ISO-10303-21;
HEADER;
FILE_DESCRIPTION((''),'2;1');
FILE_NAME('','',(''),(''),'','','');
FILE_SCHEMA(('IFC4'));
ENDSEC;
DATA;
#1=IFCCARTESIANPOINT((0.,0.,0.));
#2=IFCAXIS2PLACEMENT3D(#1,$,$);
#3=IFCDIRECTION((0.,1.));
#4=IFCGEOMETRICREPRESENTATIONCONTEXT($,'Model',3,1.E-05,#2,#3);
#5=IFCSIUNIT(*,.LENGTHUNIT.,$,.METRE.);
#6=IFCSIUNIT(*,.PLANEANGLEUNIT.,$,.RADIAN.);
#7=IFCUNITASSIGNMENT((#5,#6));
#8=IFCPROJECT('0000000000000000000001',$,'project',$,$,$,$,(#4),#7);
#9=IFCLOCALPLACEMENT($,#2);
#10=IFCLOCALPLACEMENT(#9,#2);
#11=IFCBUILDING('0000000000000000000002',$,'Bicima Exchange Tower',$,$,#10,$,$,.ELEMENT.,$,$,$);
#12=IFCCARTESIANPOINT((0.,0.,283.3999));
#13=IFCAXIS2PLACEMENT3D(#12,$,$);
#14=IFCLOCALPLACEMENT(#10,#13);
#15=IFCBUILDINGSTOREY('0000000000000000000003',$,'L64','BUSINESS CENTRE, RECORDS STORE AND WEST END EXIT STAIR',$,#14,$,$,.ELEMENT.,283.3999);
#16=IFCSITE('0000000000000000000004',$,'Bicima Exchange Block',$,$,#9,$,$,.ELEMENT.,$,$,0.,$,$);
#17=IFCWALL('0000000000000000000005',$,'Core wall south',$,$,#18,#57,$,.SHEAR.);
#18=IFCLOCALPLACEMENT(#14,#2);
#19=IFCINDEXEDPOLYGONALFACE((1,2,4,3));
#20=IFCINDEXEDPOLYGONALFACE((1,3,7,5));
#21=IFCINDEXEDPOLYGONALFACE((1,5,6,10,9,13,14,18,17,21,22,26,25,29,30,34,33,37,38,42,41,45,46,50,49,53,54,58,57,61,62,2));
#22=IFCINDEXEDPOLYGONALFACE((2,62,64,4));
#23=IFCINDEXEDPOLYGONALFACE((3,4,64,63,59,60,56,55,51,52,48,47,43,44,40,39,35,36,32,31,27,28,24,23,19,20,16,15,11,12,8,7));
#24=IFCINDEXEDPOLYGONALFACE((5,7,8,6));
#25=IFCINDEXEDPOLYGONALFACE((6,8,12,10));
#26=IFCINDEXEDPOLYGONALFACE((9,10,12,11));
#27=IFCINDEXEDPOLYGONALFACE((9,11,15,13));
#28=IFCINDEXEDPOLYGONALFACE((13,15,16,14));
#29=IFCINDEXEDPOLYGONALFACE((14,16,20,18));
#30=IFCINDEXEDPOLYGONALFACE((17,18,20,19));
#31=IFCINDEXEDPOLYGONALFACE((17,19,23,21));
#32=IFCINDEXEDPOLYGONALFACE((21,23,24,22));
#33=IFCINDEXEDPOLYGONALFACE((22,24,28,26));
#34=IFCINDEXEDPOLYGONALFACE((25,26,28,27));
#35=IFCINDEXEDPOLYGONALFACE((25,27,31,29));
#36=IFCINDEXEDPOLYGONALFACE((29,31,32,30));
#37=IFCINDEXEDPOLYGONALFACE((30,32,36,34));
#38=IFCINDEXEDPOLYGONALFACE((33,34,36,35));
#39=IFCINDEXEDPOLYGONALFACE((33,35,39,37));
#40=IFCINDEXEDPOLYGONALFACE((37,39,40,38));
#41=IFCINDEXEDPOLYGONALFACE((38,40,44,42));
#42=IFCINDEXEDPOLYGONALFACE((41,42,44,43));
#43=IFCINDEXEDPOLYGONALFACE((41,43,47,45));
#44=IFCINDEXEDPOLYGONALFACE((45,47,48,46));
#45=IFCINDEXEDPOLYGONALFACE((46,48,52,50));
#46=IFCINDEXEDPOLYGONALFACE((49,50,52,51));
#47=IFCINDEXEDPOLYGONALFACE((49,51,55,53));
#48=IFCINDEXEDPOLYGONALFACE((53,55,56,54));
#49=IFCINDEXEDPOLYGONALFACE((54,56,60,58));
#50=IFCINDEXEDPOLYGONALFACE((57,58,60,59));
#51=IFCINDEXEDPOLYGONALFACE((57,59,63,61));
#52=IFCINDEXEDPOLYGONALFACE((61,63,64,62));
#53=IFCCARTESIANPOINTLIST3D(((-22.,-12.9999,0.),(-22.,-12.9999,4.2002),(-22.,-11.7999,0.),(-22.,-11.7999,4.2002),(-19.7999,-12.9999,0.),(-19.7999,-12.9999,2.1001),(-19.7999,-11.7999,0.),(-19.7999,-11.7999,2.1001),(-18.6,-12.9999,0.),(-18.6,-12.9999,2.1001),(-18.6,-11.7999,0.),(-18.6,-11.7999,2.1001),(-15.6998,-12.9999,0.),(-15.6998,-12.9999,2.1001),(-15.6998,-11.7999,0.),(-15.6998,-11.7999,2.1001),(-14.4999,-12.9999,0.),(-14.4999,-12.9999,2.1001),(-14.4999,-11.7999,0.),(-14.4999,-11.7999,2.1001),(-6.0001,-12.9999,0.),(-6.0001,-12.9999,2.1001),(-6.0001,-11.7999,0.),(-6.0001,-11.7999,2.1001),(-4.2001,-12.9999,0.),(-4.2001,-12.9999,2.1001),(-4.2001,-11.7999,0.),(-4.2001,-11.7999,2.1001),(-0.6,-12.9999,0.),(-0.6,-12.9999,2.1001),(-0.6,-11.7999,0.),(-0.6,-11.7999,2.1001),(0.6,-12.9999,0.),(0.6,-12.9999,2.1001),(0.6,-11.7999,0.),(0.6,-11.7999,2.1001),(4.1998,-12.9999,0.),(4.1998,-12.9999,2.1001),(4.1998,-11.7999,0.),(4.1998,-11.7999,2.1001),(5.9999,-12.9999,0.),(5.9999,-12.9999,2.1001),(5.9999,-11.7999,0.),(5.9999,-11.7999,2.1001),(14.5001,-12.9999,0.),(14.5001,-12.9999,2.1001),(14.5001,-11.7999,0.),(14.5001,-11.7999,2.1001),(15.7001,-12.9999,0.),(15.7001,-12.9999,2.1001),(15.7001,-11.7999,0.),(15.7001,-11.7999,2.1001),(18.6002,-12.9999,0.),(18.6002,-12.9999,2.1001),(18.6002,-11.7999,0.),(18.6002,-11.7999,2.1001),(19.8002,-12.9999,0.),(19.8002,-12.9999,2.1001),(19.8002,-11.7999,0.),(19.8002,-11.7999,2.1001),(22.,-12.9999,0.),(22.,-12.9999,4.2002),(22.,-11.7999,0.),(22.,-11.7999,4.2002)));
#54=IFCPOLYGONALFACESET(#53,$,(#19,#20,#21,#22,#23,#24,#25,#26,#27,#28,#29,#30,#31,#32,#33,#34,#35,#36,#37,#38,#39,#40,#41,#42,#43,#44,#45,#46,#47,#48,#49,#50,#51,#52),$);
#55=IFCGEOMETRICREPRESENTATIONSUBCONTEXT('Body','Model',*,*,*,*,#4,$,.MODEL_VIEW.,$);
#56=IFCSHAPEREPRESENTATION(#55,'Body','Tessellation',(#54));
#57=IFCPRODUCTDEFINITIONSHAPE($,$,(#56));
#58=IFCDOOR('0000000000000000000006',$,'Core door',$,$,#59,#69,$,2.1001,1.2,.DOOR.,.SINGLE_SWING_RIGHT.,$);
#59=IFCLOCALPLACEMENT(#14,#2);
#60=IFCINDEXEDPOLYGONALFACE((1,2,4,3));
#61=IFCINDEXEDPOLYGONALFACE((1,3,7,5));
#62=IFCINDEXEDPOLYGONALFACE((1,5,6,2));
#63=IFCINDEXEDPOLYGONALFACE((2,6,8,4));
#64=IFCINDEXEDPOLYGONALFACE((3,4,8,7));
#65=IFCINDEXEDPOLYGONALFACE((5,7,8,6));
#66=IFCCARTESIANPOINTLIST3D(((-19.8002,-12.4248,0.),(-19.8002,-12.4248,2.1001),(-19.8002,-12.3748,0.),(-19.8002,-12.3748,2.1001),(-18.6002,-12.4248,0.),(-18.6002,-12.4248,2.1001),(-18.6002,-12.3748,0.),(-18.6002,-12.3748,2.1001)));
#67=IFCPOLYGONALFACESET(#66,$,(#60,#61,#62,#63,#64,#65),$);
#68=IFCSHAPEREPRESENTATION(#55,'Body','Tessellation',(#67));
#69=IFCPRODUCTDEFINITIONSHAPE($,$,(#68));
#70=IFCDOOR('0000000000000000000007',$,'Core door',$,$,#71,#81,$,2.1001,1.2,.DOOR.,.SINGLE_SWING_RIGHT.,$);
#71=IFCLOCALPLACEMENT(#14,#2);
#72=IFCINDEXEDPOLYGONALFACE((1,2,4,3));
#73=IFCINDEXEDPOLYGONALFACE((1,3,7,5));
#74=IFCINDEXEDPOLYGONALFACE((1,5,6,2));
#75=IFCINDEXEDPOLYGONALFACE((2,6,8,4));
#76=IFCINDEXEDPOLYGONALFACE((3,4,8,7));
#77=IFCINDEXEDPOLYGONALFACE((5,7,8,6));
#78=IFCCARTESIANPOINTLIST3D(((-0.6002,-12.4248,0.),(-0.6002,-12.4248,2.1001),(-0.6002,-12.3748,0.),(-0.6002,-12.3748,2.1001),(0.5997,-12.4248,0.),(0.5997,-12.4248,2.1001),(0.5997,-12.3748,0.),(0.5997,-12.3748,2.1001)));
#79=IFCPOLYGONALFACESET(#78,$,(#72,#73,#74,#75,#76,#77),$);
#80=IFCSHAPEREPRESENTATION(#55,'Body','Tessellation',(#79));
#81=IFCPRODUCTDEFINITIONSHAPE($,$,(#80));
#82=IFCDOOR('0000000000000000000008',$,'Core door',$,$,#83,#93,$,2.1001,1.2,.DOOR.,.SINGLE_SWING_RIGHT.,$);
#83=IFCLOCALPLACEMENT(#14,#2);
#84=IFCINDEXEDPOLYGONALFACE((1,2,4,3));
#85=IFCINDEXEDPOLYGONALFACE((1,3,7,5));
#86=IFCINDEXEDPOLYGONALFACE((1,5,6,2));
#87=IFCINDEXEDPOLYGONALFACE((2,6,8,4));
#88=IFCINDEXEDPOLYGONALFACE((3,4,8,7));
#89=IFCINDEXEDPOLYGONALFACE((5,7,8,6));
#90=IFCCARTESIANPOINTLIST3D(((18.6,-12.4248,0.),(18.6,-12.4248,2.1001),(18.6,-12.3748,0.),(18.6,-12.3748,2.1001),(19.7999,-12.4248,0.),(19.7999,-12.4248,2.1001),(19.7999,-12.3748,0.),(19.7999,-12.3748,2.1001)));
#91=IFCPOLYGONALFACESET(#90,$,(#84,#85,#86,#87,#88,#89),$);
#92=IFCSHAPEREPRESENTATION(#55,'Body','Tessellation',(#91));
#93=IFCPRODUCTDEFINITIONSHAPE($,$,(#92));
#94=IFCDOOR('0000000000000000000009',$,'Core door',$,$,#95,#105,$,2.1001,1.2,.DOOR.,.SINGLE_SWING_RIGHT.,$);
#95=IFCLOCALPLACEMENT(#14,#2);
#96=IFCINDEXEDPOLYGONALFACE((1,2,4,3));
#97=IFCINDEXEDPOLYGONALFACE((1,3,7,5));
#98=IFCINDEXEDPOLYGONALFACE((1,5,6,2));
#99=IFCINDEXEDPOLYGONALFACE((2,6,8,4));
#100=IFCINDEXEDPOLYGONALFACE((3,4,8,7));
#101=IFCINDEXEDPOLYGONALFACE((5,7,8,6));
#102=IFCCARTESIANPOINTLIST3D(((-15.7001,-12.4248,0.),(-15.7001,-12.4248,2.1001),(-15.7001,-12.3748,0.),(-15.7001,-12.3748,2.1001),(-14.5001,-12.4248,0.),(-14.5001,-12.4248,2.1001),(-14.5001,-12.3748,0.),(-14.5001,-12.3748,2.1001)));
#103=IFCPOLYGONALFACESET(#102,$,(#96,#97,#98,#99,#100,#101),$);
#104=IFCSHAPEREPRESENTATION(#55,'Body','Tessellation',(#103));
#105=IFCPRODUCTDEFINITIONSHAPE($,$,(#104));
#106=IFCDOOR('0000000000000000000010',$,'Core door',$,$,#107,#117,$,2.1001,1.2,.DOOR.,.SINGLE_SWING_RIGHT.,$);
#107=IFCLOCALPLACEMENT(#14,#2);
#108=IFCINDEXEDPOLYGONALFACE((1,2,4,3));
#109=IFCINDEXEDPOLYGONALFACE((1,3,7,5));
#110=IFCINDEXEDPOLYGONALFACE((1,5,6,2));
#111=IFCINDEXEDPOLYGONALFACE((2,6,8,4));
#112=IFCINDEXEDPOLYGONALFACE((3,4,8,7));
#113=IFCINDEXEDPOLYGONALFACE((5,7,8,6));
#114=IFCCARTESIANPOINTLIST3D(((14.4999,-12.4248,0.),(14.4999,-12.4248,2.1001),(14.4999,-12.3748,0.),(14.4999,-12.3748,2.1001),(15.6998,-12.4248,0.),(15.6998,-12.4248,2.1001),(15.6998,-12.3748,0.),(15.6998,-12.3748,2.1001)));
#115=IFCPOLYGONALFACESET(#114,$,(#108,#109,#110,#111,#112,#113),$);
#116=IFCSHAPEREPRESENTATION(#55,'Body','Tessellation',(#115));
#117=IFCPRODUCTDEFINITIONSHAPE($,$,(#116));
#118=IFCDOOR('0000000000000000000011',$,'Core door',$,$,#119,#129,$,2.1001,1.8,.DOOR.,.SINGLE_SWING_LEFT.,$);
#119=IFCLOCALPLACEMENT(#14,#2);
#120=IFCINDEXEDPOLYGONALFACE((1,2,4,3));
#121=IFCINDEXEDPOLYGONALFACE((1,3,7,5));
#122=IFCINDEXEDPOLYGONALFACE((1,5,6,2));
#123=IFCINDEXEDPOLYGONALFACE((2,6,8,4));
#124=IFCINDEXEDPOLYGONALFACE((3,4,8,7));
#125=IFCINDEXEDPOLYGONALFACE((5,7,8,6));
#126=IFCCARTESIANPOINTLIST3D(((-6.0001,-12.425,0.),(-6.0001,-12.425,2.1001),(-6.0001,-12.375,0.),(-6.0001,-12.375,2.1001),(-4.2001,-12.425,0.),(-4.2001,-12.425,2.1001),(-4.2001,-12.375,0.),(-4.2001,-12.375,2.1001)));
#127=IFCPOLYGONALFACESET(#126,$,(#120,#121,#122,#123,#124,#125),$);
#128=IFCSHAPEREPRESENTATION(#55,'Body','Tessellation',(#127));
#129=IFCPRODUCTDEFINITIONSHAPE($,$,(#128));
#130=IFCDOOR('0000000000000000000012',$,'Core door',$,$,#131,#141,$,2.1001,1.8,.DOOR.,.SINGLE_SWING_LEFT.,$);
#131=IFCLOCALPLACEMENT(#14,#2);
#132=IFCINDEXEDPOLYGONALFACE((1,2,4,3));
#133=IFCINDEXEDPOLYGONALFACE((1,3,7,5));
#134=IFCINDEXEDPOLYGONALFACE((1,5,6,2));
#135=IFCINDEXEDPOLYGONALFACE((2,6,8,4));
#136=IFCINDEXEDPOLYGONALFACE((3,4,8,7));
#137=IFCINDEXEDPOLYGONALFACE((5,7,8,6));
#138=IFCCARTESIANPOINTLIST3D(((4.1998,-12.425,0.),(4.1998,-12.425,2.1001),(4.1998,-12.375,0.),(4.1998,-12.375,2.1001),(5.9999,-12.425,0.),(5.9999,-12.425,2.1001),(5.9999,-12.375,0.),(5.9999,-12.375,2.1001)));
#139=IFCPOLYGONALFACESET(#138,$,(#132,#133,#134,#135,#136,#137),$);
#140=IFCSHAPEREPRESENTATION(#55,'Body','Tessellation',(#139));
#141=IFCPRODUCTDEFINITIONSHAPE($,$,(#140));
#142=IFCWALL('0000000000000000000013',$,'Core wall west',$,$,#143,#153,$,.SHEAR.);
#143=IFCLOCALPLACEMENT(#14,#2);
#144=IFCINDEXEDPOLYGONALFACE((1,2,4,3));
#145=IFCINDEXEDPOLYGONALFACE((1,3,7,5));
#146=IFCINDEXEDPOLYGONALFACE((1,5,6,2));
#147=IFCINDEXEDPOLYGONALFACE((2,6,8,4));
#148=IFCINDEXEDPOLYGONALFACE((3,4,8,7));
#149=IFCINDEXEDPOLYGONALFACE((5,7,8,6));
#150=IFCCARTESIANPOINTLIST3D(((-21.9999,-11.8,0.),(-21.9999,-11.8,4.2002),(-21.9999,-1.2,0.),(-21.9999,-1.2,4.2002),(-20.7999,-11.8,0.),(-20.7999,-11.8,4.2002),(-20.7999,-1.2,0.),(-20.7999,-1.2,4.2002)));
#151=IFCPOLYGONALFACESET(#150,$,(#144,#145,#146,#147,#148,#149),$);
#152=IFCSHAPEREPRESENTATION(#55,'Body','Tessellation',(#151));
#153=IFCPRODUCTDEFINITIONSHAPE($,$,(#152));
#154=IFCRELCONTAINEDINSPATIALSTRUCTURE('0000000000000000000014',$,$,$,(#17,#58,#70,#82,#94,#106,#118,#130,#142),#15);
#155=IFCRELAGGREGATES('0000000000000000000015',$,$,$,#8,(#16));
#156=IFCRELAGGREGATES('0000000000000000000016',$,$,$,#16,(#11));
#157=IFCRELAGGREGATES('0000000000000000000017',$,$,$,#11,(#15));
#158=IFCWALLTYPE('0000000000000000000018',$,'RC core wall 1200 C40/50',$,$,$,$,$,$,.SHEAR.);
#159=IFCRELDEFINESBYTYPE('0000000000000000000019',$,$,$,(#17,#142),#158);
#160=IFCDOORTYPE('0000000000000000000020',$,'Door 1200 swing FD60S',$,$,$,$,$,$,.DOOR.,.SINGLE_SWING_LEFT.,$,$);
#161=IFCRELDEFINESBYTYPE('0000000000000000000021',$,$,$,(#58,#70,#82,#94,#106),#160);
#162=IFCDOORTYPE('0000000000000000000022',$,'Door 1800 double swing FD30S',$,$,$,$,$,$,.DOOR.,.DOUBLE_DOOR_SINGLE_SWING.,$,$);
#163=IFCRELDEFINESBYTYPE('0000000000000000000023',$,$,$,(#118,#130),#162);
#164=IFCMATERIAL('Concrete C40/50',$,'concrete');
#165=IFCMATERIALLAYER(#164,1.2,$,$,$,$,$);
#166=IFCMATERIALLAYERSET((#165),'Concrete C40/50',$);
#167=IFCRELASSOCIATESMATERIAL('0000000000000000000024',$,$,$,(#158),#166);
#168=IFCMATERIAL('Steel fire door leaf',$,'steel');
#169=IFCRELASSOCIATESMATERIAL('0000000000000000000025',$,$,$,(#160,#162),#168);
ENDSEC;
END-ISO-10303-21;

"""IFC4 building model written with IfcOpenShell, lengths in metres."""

from ifc_helpers import new_model, si_unit, direction, frame, frame_2d, origin, place, context, subcontext, project, spatial, rectangle, extrude, material, layer, layer_set, type_object, element, fill, save


model = new_model("IFC4")

# Units and contexts
model_context = context("Model", 3, precision=1e-05, world=origin(), true_north=direction((0.0, 1.0)))
body_context = subcontext(model_context, "Body", "Model", "MODEL_VIEW")
ifc_project = project(units=[si_unit("LENGTHUNIT", "METRE"), si_unit("PLANEANGLEUNIT", "RADIAN")], contexts=[model_context])

# Site, building, storey
site_placement = place(None, origin())
site = spatial("IfcSite", under=ifc_project, at=site_placement, Name="Bicima Exchange Block", CompositionType="ELEMENT", RefElevation=0.0)
building_placement = place(site_placement, origin())
building = spatial("IfcBuilding", under=site, at=building_placement, Name="Bicima Exchange Tower", CompositionType="ELEMENT")
storey_placement = place(building_placement, frame((0.0, 0.0, 283.3999)))
storey = spatial("IfcBuildingStorey", under=building, at=storey_placement, Name="L64", Description="BUSINESS CENTRE, RECORDS STORE AND WEST END EXIT STAIR", CompositionType="ELEMENT", Elevation=283.3999)

# Wall, openings, doors
ifc_material_1 = material(Name="Concrete C40/50", Category="concrete")
ifc_layer_1 = layer(ifc_material_1, 1.2)
ifc_layer_set_1 = layer_set([ifc_layer_1], Name="Concrete C40/50")
wall_type_1 = type_object("IfcWallType", Name="RC core wall 1200 C40/50", PredefinedType="SHEAR", material=ifc_layer_set_1)
wall_1_placement = place(storey_placement, frame((-22.0, -12.3999, 0.0), z_axis=(0.0, 0.0, 1.0), x_axis=(1.0, 0.0, 0.0)))
wall_1 = element("IfcWall", 1, at=wall_1_placement, inside=storey, type_object=wall_type_1, Name="Core wall south", PredefinedType="SHEAR", context=body_context, shape_type="SweptSolid", body=[
    extrude(rectangle(XDim=44.0, YDim=1.2, at=frame_2d((22.0, 0.0))), origin(), (0.0, 0.0, 1.0), 4.2002),
])
opening_1_placement = place(wall_1_placement, frame((2.2, 0.0, 0.0)))
opening_1 = element("IfcOpeningElement", 2, at=opening_1_placement, cuts=wall_1, PredefinedType="OPENING", context=body_context, shape_type="SweptSolid", body=[
    extrude(rectangle(XDim=1.2, YDim=2.1001, at=frame_2d((0.6001, 1.05))), frame((0.0, 0.6118, 0.0), z_axis=(0.0, -1.0, 0.0), x_axis=(1.0, 0.0, 0.0)), (0.0, 0.0, 1.0), 1.2239),
])
opening_2_placement = place(wall_1_placement, frame((21.3999, 0.0, 0.0)))
opening_2 = element("IfcOpeningElement", 3, at=opening_2_placement, cuts=wall_1, PredefinedType="OPENING", context=body_context, shape_type="SweptSolid", body=[
    extrude(rectangle(XDim=1.2, YDim=2.1001, at=frame_2d((0.6001, 1.05))), frame((0.0, 0.6118, 0.0), z_axis=(0.0, -1.0, 0.0), x_axis=(1.0, 0.0, 0.0)), (0.0, 0.0, 1.0), 1.2239),
])
opening_3_placement = place(wall_1_placement, frame((40.6001, 0.0, 0.0)))
opening_3 = element("IfcOpeningElement", 4, at=opening_3_placement, cuts=wall_1, PredefinedType="OPENING", context=body_context, shape_type="SweptSolid", body=[
    extrude(rectangle(XDim=1.2, YDim=2.1001, at=frame_2d((0.6001, 1.05))), frame((0.0, 0.6118, 0.0), z_axis=(0.0, -1.0, 0.0), x_axis=(1.0, 0.0, 0.0)), (0.0, 0.0, 1.0), 1.2239),
])
opening_4_placement = place(wall_1_placement, frame((16.0, 0.0, 0.0)))
opening_4 = element("IfcOpeningElement", 5, at=opening_4_placement, cuts=wall_1, PredefinedType="OPENING", context=body_context, shape_type="SweptSolid", body=[
    extrude(rectangle(XDim=1.8, YDim=2.1001, at=frame_2d((0.8999, 1.05))), frame((0.0, 0.6118, 0.0), z_axis=(0.0, -1.0, 0.0), x_axis=(1.0, 0.0, 0.0)), (0.0, 0.0, 1.0), 1.2239),
])
opening_5_placement = place(wall_1_placement, frame((6.3, 0.0, 0.0)))
opening_5 = element("IfcOpeningElement", 6, at=opening_5_placement, cuts=wall_1, PredefinedType="OPENING", context=body_context, shape_type="SweptSolid", body=[
    extrude(rectangle(XDim=1.2, YDim=2.1001, at=frame_2d((0.6001, 1.05))), frame((0.0, 0.6118, 0.0), z_axis=(0.0, -1.0, 0.0), x_axis=(1.0, 0.0, 0.0)), (0.0, 0.0, 1.0), 1.2239),
])
opening_6_placement = place(wall_1_placement, frame((26.2, 0.0, 0.0)))
opening_6 = element("IfcOpeningElement", 7, at=opening_6_placement, cuts=wall_1, PredefinedType="OPENING", context=body_context, shape_type="SweptSolid", body=[
    extrude(rectangle(XDim=1.8, YDim=2.1001, at=frame_2d((0.8999, 1.05))), frame((0.0, 0.6118, 0.0), z_axis=(0.0, -1.0, 0.0), x_axis=(1.0, 0.0, 0.0)), (0.0, 0.0, 1.0), 1.2239),
])
opening_7_placement = place(wall_1_placement, frame((36.5, 0.0, 0.0)))
opening_7 = element("IfcOpeningElement", 8, at=opening_7_placement, cuts=wall_1, PredefinedType="OPENING", context=body_context, shape_type="SweptSolid", body=[
    extrude(rectangle(XDim=1.2, YDim=2.1001, at=frame_2d((0.6001, 1.05))), frame((0.0, 0.6118, 0.0), z_axis=(0.0, -1.0, 0.0), x_axis=(1.0, 0.0, 0.0)), (0.0, 0.0, 1.0), 1.2239),
])
ifc_material_2 = material(Name="Steel fire door leaf", Category="steel")
door_type_1 = type_object("IfcDoorType", Name="Door 1200 swing FD60S", OperationType="SINGLE_SWING_LEFT", PredefinedType="DOOR", material=ifc_material_2)
door_1_placement = place(opening_1_placement, frame((1.2, 0.0, 0.0), z_axis=(0.0, 0.0, 1.0), x_axis=(-1.0, 0.0, 0.0)))
door_1 = element("IfcDoor", 9, at=door_1_placement, inside=storey, type_object=door_type_1, Name="Core door", OperationType="SINGLE_SWING_RIGHT", OverallHeight=2.1001, OverallWidth=1.2, PredefinedType="DOOR", context=body_context, shape_type="SweptSolid", body=[
    extrude(rectangle(XDim=1.2, YDim=2.1001, at=frame_2d((0.6001, 1.05))), frame((0.0, 0.0249, 0.0), z_axis=(0.0, -1.0, 0.0), x_axis=(1.0, 0.0, 0.0)), (0.0, 0.0, 1.0), 0.05),
])
fill(opening_1, door_1)
door_2_placement = place(opening_2_placement, frame((1.2, 0.0, 0.0), z_axis=(0.0, 0.0, 1.0), x_axis=(-1.0, 0.0, 0.0)))
door_2 = element("IfcDoor", 10, at=door_2_placement, inside=storey, type_object=door_type_1, Name="Core door", OperationType="SINGLE_SWING_RIGHT", OverallHeight=2.1001, OverallWidth=1.2, PredefinedType="DOOR", context=body_context, shape_type="SweptSolid", body=[
    extrude(rectangle(XDim=1.2, YDim=2.1001, at=frame_2d((0.6001, 1.05))), frame((0.0, 0.0249, 0.0), z_axis=(0.0, -1.0, 0.0), x_axis=(1.0, 0.0, 0.0)), (0.0, 0.0, 1.0), 0.05),
])
fill(opening_2, door_2)
door_3_placement = place(opening_3_placement, frame((1.2, 0.0, 0.0), z_axis=(0.0, 0.0, 1.0), x_axis=(-1.0, 0.0, 0.0)))
door_3 = element("IfcDoor", 11, at=door_3_placement, inside=storey, type_object=door_type_1, Name="Core door", OperationType="SINGLE_SWING_RIGHT", OverallHeight=2.1001, OverallWidth=1.2, PredefinedType="DOOR", context=body_context, shape_type="SweptSolid", body=[
    extrude(rectangle(XDim=1.2, YDim=2.1001, at=frame_2d((0.6001, 1.05))), frame((0.0, 0.0249, 0.0), z_axis=(0.0, -1.0, 0.0), x_axis=(1.0, 0.0, 0.0)), (0.0, 0.0, 1.0), 0.05),
])
fill(opening_3, door_3)
door_4_placement = place(opening_5_placement, frame((1.2, 0.0, 0.0), z_axis=(0.0, 0.0, 1.0), x_axis=(-1.0, 0.0, 0.0)))
door_4 = element("IfcDoor", 12, at=door_4_placement, inside=storey, type_object=door_type_1, Name="Core door", OperationType="SINGLE_SWING_RIGHT", OverallHeight=2.1001, OverallWidth=1.2, PredefinedType="DOOR", context=body_context, shape_type="SweptSolid", body=[
    extrude(rectangle(XDim=1.2, YDim=2.1001, at=frame_2d((0.6001, 1.05))), frame((0.0, 0.0249, 0.0), z_axis=(0.0, -1.0, 0.0), x_axis=(1.0, 0.0, 0.0)), (0.0, 0.0, 1.0), 0.05),
])
fill(opening_5, door_4)
door_5_placement = place(opening_7_placement, frame((1.2, 0.0, 0.0), z_axis=(0.0, 0.0, 1.0), x_axis=(-1.0, 0.0, 0.0)))
door_5 = element("IfcDoor", 13, at=door_5_placement, inside=storey, type_object=door_type_1, Name="Core door", OperationType="SINGLE_SWING_RIGHT", OverallHeight=2.1001, OverallWidth=1.2, PredefinedType="DOOR", context=body_context, shape_type="SweptSolid", body=[
    extrude(rectangle(XDim=1.2, YDim=2.1001, at=frame_2d((0.6001, 1.05))), frame((0.0, 0.0249, 0.0), z_axis=(0.0, -1.0, 0.0), x_axis=(1.0, 0.0, 0.0)), (0.0, 0.0, 1.0), 0.05),
])
fill(opening_7, door_5)
door_type_2 = type_object("IfcDoorType", Name="Door 1800 double swing FD30S", OperationType="DOUBLE_DOOR_SINGLE_SWING", PredefinedType="DOOR", material=ifc_material_2)
door_6_placement = place(opening_4_placement, origin())
door_6 = element("IfcDoor", 14, at=door_6_placement, inside=storey, type_object=door_type_2, Name="Core door", OperationType="SINGLE_SWING_LEFT", OverallHeight=2.1001, OverallWidth=1.8, PredefinedType="DOOR", context=body_context, shape_type="SweptSolid", body=[
    extrude(rectangle(XDim=1.8, YDim=2.1001, at=frame_2d((0.8999, 1.05))), frame((0.0, 0.0249, 0.0), z_axis=(0.0, -1.0, 0.0), x_axis=(1.0, 0.0, 0.0)), (0.0, 0.0, 1.0), 0.05),
])
fill(opening_4, door_6)
door_7_placement = place(opening_6_placement, origin())
door_7 = element("IfcDoor", 15, at=door_7_placement, inside=storey, type_object=door_type_2, Name="Core door", OperationType="SINGLE_SWING_LEFT", OverallHeight=2.1001, OverallWidth=1.8, PredefinedType="DOOR", context=body_context, shape_type="SweptSolid", body=[
    extrude(rectangle(XDim=1.8, YDim=2.1001, at=frame_2d((0.8999, 1.05))), frame((0.0, 0.0249, 0.0), z_axis=(0.0, -1.0, 0.0), x_axis=(1.0, 0.0, 0.0)), (0.0, 0.0, 1.0), 0.05),
])
fill(opening_6, door_7)

# Wall
wall_2_placement = place(storey_placement, frame((-21.3999, -11.8, 0.0), z_axis=(0.0, 0.0, 1.0), x_axis=(0.0, 1.0, 0.0)))
element("IfcWall", 16, at=wall_2_placement, inside=storey, type_object=wall_type_1, Name="Core wall west", PredefinedType="SHEAR", context=body_context, shape_type="SweptSolid", body=[
    extrude(rectangle(XDim=10.6001, YDim=1.2, at=frame_2d((5.3, 0.0))), origin(), (0.0, 0.0, 1.0), 4.2002),
])

save(model, "model.ifc")
